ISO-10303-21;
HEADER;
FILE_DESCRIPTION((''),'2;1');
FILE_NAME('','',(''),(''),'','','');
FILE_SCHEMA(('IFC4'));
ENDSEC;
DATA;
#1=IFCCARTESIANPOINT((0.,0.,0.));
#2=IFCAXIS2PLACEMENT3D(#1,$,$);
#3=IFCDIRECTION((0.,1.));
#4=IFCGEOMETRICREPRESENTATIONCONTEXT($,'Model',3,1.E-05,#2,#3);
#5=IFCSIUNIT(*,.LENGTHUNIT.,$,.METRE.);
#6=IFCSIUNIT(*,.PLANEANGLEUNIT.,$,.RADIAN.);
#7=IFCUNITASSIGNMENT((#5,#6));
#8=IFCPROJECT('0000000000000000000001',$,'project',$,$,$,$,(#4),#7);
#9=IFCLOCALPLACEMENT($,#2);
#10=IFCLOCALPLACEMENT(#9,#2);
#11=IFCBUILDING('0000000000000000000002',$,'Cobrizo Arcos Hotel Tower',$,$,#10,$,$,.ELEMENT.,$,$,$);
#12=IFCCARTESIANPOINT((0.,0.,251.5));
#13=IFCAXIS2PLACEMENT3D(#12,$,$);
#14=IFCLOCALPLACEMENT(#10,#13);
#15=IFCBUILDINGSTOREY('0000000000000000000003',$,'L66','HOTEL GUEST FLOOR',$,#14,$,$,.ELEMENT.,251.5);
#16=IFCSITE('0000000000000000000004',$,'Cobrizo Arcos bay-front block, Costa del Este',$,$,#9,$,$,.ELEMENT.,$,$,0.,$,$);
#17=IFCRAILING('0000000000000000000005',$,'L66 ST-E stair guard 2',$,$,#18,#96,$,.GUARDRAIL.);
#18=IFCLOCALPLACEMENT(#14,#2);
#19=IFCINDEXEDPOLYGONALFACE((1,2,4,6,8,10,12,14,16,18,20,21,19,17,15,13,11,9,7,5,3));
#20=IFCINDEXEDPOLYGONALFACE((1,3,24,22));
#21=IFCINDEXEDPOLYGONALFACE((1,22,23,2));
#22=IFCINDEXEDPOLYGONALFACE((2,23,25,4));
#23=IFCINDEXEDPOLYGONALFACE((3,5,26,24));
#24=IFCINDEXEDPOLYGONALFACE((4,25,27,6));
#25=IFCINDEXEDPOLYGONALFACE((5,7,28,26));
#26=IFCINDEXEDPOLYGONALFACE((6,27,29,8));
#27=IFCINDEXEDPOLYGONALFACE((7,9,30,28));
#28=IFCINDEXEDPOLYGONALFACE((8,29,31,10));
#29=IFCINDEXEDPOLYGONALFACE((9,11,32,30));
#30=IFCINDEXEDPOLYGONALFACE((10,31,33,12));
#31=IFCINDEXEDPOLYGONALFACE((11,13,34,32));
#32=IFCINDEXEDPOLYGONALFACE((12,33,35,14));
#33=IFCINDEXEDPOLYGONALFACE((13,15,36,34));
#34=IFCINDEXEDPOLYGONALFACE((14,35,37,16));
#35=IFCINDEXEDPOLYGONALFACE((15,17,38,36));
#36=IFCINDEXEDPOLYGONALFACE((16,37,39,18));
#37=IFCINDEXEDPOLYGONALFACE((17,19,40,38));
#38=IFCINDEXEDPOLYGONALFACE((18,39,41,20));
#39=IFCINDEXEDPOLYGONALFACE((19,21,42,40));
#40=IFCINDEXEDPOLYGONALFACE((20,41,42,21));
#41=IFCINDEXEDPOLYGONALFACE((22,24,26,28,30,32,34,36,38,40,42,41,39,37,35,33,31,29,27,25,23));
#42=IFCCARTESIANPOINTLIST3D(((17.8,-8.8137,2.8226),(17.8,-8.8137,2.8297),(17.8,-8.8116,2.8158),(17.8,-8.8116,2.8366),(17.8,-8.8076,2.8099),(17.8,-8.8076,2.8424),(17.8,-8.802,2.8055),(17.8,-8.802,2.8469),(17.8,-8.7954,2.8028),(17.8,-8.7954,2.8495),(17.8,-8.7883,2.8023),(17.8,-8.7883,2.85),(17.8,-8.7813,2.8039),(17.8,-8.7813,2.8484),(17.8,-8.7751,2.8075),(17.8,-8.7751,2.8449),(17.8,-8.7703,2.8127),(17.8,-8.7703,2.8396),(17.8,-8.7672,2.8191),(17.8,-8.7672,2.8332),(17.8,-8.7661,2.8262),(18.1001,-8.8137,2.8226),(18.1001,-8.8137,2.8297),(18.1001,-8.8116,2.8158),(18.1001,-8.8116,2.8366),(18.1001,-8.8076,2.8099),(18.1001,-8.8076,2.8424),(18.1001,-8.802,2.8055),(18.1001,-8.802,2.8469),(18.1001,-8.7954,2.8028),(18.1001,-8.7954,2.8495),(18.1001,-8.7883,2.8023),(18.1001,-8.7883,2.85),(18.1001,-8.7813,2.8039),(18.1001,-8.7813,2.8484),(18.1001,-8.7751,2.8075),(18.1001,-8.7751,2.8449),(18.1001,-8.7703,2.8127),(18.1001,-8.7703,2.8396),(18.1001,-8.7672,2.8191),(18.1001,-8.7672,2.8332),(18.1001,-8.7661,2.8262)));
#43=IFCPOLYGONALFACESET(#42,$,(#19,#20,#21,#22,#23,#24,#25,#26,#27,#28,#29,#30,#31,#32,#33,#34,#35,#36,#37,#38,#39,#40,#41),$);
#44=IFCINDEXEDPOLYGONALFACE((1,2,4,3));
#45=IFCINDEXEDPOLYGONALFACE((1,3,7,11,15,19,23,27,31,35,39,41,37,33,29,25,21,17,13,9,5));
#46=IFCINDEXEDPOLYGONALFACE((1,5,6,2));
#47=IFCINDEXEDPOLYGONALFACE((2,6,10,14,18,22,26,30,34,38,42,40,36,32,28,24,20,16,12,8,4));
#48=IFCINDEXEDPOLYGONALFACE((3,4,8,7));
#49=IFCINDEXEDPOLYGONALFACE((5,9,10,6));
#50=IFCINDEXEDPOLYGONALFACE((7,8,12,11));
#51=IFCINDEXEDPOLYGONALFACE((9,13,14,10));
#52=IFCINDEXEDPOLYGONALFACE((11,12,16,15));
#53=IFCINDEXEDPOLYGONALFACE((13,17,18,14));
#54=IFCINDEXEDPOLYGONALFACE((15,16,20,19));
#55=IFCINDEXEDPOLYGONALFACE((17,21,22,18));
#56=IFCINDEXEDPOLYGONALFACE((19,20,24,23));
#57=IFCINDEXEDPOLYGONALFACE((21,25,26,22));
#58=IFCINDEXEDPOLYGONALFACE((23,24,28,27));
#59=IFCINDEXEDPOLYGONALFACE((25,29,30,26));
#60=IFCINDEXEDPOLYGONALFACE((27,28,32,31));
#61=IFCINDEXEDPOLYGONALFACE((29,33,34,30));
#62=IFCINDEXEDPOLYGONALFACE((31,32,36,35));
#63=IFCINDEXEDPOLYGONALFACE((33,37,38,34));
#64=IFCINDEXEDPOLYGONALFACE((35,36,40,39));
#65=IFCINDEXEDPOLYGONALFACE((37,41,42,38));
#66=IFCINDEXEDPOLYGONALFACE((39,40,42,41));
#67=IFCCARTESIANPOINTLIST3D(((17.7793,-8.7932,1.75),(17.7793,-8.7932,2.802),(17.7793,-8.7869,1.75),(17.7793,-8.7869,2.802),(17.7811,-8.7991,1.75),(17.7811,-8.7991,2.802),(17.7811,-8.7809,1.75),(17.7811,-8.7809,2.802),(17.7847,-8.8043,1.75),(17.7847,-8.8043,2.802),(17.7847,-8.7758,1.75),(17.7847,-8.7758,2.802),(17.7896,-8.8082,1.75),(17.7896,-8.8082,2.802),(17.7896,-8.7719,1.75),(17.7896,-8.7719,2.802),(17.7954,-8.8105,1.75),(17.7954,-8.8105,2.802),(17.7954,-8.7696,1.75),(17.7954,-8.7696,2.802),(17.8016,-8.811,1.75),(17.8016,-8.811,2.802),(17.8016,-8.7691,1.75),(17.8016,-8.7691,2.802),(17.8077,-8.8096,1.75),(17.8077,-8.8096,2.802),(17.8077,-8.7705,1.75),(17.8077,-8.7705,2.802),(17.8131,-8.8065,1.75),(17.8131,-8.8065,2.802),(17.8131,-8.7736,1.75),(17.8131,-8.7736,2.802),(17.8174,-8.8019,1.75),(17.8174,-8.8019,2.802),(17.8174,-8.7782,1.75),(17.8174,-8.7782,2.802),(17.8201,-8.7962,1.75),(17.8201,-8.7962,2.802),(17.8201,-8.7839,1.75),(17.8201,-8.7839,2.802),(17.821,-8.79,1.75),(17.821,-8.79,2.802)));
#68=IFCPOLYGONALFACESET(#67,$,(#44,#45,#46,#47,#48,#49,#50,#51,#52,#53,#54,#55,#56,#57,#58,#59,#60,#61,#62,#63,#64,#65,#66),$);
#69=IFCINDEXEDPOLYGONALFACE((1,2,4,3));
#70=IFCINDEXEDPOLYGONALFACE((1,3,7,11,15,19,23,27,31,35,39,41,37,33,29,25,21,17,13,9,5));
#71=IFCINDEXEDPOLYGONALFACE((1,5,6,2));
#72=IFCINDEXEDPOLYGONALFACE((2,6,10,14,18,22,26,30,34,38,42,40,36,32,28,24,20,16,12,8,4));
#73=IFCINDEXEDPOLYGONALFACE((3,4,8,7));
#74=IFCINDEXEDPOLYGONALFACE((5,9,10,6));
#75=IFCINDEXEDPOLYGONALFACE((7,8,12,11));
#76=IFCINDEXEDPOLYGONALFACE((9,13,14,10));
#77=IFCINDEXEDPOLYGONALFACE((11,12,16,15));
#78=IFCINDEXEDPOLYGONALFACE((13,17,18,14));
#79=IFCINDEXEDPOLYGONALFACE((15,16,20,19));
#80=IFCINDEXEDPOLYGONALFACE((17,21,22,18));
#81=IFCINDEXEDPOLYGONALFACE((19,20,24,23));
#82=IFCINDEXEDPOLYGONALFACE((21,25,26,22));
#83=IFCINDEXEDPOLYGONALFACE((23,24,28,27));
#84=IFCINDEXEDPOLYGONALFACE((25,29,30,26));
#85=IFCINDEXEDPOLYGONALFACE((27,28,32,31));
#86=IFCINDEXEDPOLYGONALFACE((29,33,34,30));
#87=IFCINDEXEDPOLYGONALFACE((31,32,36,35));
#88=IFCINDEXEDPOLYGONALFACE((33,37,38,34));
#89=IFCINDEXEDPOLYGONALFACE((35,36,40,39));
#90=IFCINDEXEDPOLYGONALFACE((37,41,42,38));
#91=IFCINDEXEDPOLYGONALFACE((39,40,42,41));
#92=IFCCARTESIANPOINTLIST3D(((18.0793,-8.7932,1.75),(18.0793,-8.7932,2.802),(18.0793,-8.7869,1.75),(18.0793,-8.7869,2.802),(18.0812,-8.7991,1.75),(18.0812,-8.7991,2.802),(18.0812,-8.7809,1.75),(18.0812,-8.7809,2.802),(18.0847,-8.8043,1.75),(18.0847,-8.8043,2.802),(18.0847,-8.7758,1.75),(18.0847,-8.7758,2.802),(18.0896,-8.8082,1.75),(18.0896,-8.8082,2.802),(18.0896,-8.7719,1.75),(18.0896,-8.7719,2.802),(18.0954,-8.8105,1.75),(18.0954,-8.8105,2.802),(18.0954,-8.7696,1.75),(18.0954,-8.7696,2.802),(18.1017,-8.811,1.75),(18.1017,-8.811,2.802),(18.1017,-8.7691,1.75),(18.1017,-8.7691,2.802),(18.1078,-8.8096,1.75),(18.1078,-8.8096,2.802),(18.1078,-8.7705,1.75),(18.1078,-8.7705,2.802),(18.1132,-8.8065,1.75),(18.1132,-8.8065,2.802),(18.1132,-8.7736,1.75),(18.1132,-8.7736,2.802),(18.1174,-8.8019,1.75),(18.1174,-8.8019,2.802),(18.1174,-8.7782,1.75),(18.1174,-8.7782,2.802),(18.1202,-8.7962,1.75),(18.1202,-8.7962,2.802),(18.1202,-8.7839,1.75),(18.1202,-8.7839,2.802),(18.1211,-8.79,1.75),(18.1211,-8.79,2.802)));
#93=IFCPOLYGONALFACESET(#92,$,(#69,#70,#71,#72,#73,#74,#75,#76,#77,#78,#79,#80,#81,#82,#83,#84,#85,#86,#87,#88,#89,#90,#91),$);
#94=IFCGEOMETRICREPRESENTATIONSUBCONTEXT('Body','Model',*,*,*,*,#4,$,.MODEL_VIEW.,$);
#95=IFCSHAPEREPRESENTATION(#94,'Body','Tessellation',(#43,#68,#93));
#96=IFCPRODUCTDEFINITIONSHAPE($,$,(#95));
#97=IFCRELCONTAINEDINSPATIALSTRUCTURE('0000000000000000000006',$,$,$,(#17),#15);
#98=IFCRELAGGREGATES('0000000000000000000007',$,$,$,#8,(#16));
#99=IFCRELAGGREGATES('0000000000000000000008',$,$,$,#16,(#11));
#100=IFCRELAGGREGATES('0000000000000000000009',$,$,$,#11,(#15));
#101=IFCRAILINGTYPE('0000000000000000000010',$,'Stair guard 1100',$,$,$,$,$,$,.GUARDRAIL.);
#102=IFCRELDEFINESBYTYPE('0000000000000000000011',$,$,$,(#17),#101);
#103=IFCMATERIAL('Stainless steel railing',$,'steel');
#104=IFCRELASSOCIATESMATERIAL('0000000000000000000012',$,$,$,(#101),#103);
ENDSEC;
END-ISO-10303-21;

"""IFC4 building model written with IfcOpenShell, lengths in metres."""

from ifc_helpers import new_model, si_unit, direction, frame, origin, origin_2d, place, context, subcontext, project, spatial, circle, extrude, material, type_object, element, save


model = new_model("IFC4")

# Units and contexts
model_context = context("Model", 3, precision=1e-05, world=origin(), true_north=direction((0.0, 1.0)))
body_context = subcontext(model_context, "Body", "Model", "MODEL_VIEW")
ifc_project = project(units=[si_unit("LENGTHUNIT", "METRE"), si_unit("PLANEANGLEUNIT", "RADIAN")], contexts=[model_context])

# Site, building, storey
site_placement = place(None, origin())
site = spatial("IfcSite", under=ifc_project, at=site_placement, Name="Cobrizo Arcos bay-front block, Costa del Este", CompositionType="ELEMENT", RefElevation=0.0)
building_placement = place(site_placement, origin())
building = spatial("IfcBuilding", under=site, at=building_placement, Name="Cobrizo Arcos Hotel Tower", CompositionType="ELEMENT")
storey_placement = place(building_placement, frame((0.0, 0.0, 251.5)))
storey = spatial("IfcBuildingStorey", under=building, at=storey_placement, Name="L66", Description="HOTEL GUEST FLOOR", CompositionType="ELEMENT", Elevation=251.5)

# Railing
ifc_material_1 = material(Name="Stainless steel railing", Category="steel")
railing_type_1 = type_object("IfcRailingType", Name="Stair guard 1100", PredefinedType="GUARDRAIL", material=ifc_material_1)
railing_1_placement = place(storey_placement, frame((17.8, -8.79, 1.75)))
element("IfcRailing", 1, at=railing_1_placement, inside=storey, type_object=railing_type_1, Name="L66 ST-E stair guard 2", PredefinedType="GUARDRAIL", context=body_context, shape_type="SweptSolid", body=[
    extrude(circle(Radius=0.0239, at=origin_2d()), frame((0.0, 0.0, 1.0762), z_axis=(1.0, 0.0, 0.0), x_axis=(0.0, 1.0, 0.0)), (0.0, 0.0, 1.0), 0.3),
    extrude(circle(Radius=0.021, at=origin_2d()), origin(), (0.0, 0.0, 1.0), 1.052),
    extrude(circle(Radius=0.021, at=origin_2d()), frame((0.3, 0.0, 0.0)), (0.0, 0.0, 1.0), 1.052),
])

save(model, "model.ifc")
